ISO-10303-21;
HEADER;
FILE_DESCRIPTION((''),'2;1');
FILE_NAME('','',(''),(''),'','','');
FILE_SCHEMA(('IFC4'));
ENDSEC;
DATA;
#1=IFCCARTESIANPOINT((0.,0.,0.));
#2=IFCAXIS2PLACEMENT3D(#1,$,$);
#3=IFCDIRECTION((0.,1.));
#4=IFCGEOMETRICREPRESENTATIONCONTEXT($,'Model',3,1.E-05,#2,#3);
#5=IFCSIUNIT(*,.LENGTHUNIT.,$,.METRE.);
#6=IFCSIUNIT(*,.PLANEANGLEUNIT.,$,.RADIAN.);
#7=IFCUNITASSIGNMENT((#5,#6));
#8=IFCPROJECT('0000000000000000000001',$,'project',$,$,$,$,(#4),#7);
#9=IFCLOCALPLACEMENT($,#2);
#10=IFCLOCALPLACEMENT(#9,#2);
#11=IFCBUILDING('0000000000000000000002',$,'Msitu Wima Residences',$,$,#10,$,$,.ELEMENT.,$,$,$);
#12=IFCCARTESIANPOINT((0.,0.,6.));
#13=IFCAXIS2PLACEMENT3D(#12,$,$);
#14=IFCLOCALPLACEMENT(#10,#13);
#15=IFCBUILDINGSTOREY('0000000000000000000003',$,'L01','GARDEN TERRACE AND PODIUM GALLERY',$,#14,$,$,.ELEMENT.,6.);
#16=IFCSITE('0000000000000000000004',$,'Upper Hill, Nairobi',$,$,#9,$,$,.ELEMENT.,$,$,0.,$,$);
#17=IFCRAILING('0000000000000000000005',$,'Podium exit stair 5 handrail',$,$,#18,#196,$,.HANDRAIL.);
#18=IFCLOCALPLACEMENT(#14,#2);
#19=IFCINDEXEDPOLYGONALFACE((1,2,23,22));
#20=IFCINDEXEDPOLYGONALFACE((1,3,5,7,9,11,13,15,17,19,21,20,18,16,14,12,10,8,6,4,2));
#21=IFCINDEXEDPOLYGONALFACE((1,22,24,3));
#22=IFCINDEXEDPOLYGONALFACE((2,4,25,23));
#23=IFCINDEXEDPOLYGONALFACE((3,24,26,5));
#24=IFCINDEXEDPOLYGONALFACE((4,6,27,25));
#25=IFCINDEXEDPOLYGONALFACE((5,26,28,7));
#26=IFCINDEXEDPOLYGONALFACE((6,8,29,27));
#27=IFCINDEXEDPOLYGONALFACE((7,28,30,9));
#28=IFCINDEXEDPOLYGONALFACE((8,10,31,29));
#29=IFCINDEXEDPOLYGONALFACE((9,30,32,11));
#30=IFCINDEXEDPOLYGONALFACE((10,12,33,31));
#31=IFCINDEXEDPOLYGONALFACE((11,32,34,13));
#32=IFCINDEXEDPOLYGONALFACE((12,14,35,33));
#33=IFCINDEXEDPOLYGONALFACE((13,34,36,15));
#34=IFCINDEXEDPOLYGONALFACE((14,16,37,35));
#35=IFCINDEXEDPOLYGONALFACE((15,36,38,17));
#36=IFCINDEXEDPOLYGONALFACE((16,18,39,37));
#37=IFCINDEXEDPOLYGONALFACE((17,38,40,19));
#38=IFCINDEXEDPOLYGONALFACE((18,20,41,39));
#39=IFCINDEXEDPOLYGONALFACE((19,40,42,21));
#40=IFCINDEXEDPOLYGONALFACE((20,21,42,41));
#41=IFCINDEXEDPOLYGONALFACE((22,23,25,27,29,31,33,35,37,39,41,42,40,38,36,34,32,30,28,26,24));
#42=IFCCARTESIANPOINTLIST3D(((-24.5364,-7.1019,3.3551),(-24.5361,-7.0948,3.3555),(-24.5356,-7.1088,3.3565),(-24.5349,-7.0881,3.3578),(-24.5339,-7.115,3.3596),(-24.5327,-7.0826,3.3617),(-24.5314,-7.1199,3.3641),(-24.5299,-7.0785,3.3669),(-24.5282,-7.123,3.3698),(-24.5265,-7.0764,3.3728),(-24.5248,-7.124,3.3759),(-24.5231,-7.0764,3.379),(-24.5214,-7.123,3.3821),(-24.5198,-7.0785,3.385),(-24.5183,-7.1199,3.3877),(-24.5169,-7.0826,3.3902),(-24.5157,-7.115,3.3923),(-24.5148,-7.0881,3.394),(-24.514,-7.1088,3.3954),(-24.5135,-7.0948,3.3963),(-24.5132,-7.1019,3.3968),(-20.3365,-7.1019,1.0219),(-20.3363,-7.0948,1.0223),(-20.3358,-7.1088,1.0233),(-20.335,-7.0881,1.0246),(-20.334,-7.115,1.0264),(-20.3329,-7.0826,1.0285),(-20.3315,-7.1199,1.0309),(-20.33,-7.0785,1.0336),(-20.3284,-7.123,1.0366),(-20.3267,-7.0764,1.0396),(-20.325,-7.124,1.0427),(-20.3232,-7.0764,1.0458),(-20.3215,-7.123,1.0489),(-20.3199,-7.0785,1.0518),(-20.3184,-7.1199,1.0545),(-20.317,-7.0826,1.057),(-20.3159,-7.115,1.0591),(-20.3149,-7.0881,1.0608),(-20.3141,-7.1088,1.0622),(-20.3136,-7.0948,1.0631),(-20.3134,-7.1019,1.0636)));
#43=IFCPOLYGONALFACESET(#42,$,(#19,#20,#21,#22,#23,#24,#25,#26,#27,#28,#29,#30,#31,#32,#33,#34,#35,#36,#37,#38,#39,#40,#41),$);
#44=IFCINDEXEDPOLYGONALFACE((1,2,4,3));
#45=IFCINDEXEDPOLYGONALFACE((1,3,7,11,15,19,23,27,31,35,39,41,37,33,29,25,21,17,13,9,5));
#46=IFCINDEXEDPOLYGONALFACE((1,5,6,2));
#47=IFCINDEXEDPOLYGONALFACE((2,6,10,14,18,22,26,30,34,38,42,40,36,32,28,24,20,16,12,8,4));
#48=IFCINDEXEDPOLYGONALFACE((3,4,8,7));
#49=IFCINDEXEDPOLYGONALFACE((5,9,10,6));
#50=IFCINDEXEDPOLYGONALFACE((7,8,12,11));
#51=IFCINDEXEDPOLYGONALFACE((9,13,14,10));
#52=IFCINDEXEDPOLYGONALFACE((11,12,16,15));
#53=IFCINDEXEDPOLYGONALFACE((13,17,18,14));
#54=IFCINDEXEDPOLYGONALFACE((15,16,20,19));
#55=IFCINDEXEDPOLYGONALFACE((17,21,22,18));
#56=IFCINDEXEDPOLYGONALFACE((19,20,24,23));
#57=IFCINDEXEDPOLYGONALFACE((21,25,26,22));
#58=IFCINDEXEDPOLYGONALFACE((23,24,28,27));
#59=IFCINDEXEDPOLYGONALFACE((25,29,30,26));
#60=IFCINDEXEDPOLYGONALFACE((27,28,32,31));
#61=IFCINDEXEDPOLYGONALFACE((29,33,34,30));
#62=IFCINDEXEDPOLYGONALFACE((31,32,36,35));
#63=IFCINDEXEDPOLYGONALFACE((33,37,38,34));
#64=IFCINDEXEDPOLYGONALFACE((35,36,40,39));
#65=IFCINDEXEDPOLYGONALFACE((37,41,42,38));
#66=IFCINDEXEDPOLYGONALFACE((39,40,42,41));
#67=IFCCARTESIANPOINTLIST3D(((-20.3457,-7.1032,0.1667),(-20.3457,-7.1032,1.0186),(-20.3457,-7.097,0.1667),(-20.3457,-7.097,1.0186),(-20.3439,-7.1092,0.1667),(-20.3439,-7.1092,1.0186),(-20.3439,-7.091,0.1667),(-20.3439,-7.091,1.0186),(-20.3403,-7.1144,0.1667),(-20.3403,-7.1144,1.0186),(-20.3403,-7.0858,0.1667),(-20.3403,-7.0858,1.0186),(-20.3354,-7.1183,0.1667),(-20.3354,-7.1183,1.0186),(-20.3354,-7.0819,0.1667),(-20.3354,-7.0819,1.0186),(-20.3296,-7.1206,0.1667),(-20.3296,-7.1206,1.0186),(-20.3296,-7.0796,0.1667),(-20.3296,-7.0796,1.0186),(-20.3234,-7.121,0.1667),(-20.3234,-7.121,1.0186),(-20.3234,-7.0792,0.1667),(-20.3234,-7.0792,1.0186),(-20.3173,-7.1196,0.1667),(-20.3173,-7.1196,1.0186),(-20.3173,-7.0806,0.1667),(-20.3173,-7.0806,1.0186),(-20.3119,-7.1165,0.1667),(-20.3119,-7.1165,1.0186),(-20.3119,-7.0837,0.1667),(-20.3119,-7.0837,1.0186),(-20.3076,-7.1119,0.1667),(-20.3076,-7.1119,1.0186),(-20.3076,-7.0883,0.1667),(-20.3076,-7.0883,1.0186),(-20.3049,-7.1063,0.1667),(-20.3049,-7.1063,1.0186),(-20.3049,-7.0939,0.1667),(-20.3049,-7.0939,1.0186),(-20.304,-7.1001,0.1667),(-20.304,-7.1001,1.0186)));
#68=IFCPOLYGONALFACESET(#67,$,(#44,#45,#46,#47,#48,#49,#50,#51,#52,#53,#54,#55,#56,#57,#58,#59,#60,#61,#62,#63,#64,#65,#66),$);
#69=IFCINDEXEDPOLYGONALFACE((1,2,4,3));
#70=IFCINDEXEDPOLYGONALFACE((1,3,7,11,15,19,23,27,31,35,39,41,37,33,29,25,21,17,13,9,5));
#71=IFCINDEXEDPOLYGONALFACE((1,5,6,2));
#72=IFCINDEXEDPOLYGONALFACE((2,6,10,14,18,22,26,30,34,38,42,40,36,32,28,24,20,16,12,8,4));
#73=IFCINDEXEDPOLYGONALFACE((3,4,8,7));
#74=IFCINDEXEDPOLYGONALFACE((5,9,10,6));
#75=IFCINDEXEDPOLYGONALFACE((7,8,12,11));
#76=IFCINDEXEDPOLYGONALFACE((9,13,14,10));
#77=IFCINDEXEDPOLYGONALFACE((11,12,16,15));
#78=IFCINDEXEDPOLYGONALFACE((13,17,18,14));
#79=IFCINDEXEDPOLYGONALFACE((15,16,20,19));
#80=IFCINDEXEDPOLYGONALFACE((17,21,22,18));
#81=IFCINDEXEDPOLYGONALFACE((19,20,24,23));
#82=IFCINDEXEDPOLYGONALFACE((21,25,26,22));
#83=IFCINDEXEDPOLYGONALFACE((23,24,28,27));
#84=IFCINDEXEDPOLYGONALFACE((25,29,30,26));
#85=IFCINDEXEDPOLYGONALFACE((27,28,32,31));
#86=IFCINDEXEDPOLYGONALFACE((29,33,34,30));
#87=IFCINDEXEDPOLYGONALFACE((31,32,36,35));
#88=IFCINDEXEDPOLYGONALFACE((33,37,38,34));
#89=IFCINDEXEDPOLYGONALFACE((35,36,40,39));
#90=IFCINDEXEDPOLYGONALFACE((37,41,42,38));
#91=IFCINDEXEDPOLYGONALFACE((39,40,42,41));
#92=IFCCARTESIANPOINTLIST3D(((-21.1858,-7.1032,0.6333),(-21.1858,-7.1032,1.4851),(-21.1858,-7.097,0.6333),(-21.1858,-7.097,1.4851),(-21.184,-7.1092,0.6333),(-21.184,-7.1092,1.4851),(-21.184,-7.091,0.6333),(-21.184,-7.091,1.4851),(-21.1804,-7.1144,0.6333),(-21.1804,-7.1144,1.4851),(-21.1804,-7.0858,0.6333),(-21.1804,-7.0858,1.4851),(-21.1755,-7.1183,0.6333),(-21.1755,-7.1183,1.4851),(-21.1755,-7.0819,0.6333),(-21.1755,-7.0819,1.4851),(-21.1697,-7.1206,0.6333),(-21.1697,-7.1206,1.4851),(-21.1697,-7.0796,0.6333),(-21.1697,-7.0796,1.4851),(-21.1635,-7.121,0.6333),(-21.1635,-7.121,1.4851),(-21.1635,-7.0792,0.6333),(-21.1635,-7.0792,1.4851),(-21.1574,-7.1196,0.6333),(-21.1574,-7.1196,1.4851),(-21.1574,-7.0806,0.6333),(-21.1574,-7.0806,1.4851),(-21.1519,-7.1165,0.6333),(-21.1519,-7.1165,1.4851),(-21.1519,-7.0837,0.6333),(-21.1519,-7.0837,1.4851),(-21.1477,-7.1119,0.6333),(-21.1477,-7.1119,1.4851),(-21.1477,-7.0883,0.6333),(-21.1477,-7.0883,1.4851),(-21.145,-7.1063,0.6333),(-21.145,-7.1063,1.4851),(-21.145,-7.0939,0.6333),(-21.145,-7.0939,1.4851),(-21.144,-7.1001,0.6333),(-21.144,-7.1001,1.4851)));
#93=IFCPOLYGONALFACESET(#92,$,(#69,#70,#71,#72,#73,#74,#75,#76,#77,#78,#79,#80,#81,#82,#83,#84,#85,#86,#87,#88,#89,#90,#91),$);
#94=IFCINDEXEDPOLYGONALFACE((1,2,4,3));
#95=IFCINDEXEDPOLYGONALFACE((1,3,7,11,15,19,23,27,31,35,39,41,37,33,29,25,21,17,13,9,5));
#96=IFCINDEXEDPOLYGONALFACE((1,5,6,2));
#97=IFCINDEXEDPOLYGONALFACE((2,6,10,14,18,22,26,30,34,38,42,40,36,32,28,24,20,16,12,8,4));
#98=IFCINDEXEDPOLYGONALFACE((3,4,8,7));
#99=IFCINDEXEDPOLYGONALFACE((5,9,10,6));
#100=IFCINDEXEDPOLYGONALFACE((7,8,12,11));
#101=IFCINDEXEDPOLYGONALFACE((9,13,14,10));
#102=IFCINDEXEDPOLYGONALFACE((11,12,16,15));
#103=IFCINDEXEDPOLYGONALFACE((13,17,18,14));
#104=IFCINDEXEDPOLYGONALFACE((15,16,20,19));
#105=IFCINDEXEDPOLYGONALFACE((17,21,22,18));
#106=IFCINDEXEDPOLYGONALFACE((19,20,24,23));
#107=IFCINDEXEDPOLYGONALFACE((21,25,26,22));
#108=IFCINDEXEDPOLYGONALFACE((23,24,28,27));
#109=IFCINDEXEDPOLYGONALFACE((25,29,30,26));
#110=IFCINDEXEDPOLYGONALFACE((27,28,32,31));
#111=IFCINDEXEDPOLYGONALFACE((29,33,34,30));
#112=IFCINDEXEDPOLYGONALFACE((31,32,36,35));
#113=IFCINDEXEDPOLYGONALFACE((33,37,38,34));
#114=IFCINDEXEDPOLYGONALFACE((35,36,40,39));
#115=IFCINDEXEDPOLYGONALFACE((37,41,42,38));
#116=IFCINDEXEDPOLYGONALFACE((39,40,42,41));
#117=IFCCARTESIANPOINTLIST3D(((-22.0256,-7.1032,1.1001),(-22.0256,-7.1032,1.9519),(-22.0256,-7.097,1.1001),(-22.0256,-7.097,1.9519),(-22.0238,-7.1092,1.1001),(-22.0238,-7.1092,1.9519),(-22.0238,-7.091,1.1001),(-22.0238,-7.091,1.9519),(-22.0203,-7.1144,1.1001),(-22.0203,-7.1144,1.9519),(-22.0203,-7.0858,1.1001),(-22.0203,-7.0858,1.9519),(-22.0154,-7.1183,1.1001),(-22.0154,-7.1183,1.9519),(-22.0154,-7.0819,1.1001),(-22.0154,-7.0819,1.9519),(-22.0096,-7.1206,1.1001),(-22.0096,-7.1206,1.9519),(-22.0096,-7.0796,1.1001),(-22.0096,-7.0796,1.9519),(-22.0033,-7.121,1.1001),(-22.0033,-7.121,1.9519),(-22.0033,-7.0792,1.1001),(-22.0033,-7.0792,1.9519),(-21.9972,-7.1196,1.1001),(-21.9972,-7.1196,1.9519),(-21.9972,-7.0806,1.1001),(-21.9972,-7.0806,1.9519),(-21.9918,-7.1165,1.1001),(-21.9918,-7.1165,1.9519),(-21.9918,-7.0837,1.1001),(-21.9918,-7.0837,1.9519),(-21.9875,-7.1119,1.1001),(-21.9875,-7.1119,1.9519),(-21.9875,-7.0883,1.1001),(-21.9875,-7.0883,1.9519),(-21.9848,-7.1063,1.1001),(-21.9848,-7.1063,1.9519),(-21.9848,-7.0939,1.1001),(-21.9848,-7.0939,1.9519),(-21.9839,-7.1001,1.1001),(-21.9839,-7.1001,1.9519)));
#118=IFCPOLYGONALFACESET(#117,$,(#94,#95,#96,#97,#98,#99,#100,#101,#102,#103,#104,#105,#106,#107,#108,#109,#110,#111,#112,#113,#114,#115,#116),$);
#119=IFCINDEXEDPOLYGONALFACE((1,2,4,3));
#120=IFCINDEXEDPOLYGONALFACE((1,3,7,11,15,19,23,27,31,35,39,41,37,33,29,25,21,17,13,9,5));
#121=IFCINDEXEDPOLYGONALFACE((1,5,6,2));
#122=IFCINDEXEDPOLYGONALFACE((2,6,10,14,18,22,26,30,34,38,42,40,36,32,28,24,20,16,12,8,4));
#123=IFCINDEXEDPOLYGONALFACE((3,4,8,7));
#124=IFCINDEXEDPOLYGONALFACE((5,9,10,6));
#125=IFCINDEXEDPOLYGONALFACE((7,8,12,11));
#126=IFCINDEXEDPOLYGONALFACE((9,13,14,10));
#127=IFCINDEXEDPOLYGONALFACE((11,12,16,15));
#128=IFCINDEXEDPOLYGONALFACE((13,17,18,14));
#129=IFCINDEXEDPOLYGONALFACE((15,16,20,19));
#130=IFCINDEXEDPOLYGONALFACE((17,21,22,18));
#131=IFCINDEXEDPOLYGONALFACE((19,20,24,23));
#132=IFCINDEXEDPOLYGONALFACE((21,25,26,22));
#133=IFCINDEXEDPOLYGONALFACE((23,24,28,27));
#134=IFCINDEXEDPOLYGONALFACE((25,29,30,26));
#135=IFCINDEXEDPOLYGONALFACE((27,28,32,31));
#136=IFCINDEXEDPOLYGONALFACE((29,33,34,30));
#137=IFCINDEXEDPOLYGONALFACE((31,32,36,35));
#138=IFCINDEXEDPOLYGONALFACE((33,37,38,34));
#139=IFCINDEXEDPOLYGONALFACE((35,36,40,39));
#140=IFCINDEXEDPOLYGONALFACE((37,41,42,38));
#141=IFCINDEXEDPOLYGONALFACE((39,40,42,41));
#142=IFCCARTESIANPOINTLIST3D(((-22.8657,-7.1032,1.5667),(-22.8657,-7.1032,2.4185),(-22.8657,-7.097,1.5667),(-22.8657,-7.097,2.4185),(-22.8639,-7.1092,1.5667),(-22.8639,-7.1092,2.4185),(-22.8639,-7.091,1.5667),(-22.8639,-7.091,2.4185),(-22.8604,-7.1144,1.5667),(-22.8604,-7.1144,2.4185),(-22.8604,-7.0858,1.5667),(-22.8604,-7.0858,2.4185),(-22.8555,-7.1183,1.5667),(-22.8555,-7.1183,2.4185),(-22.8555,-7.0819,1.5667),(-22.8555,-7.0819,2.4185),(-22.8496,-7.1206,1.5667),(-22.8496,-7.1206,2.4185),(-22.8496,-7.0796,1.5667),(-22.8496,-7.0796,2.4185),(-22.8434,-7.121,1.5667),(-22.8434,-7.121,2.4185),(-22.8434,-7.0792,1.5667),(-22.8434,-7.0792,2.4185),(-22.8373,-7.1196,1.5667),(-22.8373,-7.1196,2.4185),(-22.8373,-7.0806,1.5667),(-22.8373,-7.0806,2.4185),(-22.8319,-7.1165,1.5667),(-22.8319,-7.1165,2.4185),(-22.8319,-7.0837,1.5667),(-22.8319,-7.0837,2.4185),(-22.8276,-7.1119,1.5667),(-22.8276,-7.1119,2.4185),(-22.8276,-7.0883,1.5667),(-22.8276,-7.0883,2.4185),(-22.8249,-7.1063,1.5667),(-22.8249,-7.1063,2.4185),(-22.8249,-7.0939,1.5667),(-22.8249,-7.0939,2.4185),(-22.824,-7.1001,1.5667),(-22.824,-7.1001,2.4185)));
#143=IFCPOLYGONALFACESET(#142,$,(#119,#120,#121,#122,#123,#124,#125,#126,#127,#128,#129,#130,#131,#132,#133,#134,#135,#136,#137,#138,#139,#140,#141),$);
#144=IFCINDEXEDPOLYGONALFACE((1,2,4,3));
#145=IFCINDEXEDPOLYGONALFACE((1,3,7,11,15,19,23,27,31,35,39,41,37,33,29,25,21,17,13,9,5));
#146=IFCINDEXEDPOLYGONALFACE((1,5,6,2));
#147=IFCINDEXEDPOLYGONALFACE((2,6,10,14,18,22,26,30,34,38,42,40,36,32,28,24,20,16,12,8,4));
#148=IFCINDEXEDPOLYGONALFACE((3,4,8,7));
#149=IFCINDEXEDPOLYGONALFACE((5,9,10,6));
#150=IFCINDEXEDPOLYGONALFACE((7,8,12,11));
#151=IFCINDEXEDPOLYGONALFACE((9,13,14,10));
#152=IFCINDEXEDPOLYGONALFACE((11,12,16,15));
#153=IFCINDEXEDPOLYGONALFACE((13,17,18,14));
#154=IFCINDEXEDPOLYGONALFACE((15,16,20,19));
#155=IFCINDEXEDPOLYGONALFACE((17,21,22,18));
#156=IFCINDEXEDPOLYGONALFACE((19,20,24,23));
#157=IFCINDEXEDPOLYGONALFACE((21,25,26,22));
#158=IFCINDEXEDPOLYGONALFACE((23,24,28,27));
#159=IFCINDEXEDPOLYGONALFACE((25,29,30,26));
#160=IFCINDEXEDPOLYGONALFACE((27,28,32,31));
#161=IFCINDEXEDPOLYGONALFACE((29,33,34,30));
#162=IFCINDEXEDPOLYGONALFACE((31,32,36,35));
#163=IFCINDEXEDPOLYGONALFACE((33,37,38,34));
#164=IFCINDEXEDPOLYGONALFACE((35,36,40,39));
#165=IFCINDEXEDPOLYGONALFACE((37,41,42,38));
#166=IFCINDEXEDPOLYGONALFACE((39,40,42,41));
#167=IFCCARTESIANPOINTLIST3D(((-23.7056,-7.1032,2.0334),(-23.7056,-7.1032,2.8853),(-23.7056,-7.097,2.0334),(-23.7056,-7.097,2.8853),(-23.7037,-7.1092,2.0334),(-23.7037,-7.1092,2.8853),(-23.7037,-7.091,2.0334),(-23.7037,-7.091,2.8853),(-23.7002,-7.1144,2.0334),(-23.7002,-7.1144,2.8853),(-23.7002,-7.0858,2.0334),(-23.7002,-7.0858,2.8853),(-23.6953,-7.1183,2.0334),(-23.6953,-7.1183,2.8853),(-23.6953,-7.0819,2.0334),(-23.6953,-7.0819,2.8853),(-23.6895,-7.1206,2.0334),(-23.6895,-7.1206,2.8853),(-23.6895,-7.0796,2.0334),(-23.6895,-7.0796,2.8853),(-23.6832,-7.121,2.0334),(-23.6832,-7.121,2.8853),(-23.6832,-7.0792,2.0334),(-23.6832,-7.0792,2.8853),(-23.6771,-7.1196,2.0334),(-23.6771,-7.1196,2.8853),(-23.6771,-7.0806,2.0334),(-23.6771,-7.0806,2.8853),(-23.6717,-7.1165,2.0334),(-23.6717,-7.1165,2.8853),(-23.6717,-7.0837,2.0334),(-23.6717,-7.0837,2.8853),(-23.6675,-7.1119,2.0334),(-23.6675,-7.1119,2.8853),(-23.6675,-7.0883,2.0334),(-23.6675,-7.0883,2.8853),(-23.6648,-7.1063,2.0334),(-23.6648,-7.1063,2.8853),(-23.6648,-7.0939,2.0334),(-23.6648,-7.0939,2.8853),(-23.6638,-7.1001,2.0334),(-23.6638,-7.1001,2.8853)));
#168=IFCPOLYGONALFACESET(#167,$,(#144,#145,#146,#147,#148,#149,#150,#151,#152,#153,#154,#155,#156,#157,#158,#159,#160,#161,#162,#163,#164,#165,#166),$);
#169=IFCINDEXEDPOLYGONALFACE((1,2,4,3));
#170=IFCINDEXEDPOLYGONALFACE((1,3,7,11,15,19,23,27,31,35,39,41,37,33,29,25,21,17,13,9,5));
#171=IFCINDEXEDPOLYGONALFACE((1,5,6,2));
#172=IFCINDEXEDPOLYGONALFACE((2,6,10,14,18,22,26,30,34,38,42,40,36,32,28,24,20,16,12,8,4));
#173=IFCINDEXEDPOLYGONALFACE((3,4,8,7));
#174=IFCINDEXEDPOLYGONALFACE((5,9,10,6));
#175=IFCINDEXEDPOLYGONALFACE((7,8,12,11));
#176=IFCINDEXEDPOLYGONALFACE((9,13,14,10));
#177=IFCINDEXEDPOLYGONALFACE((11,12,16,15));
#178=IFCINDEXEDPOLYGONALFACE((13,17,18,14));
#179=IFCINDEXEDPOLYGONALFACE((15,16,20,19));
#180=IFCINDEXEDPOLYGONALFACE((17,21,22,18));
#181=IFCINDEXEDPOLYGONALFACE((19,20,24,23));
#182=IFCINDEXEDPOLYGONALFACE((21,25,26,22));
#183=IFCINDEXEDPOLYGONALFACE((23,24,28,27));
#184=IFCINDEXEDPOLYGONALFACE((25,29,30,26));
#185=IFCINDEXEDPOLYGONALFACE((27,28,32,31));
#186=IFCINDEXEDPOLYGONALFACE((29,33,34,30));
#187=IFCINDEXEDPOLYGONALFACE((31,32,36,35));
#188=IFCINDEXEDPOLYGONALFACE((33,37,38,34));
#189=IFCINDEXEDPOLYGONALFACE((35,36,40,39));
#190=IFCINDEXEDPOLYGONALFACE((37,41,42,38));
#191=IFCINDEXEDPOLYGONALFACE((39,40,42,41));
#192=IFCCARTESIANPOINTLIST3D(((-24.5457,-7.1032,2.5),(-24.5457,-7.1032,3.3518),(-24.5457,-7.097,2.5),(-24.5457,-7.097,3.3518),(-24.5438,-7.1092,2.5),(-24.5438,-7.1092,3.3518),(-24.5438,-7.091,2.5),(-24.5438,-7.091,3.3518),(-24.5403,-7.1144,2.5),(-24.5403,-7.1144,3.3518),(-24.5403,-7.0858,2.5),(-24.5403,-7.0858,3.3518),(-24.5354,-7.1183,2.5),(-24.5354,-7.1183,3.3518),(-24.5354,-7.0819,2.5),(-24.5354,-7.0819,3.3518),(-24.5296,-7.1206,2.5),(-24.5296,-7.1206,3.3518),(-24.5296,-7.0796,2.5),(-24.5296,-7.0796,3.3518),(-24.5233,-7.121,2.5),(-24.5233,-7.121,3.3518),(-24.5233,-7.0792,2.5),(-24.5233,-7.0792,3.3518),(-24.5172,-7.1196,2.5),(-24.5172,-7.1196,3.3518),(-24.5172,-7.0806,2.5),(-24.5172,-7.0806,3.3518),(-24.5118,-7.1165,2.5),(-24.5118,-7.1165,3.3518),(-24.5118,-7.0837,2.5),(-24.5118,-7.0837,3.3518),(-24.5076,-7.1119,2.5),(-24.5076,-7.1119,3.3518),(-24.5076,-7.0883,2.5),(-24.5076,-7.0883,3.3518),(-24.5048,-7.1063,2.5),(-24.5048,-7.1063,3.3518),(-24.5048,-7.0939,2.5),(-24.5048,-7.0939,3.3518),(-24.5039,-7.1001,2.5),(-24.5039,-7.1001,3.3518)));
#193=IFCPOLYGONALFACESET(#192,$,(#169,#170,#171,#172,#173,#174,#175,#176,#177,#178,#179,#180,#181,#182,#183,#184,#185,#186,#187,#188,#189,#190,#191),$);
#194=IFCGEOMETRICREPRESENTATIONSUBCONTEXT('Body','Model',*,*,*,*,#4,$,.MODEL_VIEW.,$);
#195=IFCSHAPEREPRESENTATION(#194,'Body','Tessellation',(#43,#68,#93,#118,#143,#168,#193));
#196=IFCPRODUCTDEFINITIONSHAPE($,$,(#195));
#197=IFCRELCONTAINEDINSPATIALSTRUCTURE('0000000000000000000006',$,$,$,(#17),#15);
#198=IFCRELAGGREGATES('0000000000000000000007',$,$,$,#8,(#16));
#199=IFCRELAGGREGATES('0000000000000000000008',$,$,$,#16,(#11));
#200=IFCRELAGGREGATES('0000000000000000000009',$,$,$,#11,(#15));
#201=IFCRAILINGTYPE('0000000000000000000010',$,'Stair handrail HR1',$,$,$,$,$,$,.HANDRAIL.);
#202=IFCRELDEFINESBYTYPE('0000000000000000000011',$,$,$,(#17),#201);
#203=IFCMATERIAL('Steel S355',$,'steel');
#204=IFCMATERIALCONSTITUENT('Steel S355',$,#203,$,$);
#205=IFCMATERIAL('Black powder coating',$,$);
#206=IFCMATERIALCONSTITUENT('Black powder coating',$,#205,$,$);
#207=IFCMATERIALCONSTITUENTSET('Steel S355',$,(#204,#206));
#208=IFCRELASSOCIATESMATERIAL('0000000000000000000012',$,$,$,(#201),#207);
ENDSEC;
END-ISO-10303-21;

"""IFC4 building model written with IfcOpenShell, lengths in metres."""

from ifc_helpers import new_model, si_unit, direction, frame, origin, origin_2d, place, context, subcontext, project, spatial, circle, extrude, material, constituent, constituent_set, type_object, element, save


model = new_model("IFC4")

# Units and contexts
model_context = context("Model", 3, precision=1e-05, world=origin(), true_north=direction((0.0, 1.0)))
body_context = subcontext(model_context, "Body", "Model", "MODEL_VIEW")
ifc_project = project(units=[si_unit("LENGTHUNIT", "METRE"), si_unit("PLANEANGLEUNIT", "RADIAN")], contexts=[model_context])

# Site, building, storey
site_placement = place(None, origin())
site = spatial("IfcSite", under=ifc_project, at=site_placement, Name="Upper Hill, Nairobi", CompositionType="ELEMENT", RefElevation=0.0)
building_placement = place(site_placement, origin())
building = spatial("IfcBuilding", under=site, at=building_placement, Name="Msitu Wima Residences", CompositionType="ELEMENT")
storey_placement = place(building_placement, frame((0.0, 0.0, 6.0)))
storey = spatial("IfcBuildingStorey", under=building, at=storey_placement, Name="L01", Description="GARDEN TERRACE AND PODIUM GALLERY", CompositionType="ELEMENT", Elevation=6.0)

# Railing
ifc_material_1 = material(Name="Steel S355", Category="steel")
ifc_constituent_1 = constituent(ifc_material_1, Name="Steel S355")
ifc_material_2 = material(Name="Black powder coating")
ifc_constituent_2 = constituent(ifc_material_2, Name="Black powder coating")
ifc_constituent_set = constituent_set(constituents=[ifc_constituent_1, ifc_constituent_2], Name="Steel S355")
railing_type = type_object("IfcRailingType", Name="Stair handrail HR1", PredefinedType="HANDRAIL", material=ifc_constituent_set)
for number, where, name in (
    (1, (-20.325, -7.1001, 0.1667), "Podium exit stair 5 handrail"),
):
    element("IfcRailing", number, at=place(storey_placement, frame(where)), inside=storey, type_object=railing_type, Name=name, PredefinedType="HANDRAIL", context=body_context, shape_type="SweptSolid", body=[
        extrude(circle(Radius=0.0239, at=origin_2d()), frame((0.0, 0.0, 0.876), z_axis=(-0.874162, 0.0, 0.485634), x_axis=(0.0, -1.0, 0.0)), (0.0, 0.0, 1.0), 4.8044),
        extrude(circle(Radius=0.021, at=origin_2d()), origin(), (0.0, 0.0, 1.0), 0.8518),
        extrude(circle(Radius=0.021, at=origin_2d()), frame((-0.8401, 0.0, 0.4666)), (0.0, 0.0, 1.0), 0.8518),
        extrude(circle(Radius=0.021, at=origin_2d()), frame((-1.6799, 0.0, 0.9333)), (0.0, 0.0, 1.0), 0.8518),
        extrude(circle(Radius=0.021, at=origin_2d()), frame((-2.52, 0.0, 1.3999)), (0.0, 0.0, 1.0), 0.8518),
        extrude(circle(Radius=0.021, at=origin_2d()), frame((-3.3599, 0.0, 1.8667)), (0.0, 0.0, 1.0), 0.8518),
        extrude(circle(Radius=0.021, at=origin_2d()), frame((-4.2, 0.0, 2.3333)), (0.0, 0.0, 1.0), 0.8518),
    ])

save(model, "model.ifc")
